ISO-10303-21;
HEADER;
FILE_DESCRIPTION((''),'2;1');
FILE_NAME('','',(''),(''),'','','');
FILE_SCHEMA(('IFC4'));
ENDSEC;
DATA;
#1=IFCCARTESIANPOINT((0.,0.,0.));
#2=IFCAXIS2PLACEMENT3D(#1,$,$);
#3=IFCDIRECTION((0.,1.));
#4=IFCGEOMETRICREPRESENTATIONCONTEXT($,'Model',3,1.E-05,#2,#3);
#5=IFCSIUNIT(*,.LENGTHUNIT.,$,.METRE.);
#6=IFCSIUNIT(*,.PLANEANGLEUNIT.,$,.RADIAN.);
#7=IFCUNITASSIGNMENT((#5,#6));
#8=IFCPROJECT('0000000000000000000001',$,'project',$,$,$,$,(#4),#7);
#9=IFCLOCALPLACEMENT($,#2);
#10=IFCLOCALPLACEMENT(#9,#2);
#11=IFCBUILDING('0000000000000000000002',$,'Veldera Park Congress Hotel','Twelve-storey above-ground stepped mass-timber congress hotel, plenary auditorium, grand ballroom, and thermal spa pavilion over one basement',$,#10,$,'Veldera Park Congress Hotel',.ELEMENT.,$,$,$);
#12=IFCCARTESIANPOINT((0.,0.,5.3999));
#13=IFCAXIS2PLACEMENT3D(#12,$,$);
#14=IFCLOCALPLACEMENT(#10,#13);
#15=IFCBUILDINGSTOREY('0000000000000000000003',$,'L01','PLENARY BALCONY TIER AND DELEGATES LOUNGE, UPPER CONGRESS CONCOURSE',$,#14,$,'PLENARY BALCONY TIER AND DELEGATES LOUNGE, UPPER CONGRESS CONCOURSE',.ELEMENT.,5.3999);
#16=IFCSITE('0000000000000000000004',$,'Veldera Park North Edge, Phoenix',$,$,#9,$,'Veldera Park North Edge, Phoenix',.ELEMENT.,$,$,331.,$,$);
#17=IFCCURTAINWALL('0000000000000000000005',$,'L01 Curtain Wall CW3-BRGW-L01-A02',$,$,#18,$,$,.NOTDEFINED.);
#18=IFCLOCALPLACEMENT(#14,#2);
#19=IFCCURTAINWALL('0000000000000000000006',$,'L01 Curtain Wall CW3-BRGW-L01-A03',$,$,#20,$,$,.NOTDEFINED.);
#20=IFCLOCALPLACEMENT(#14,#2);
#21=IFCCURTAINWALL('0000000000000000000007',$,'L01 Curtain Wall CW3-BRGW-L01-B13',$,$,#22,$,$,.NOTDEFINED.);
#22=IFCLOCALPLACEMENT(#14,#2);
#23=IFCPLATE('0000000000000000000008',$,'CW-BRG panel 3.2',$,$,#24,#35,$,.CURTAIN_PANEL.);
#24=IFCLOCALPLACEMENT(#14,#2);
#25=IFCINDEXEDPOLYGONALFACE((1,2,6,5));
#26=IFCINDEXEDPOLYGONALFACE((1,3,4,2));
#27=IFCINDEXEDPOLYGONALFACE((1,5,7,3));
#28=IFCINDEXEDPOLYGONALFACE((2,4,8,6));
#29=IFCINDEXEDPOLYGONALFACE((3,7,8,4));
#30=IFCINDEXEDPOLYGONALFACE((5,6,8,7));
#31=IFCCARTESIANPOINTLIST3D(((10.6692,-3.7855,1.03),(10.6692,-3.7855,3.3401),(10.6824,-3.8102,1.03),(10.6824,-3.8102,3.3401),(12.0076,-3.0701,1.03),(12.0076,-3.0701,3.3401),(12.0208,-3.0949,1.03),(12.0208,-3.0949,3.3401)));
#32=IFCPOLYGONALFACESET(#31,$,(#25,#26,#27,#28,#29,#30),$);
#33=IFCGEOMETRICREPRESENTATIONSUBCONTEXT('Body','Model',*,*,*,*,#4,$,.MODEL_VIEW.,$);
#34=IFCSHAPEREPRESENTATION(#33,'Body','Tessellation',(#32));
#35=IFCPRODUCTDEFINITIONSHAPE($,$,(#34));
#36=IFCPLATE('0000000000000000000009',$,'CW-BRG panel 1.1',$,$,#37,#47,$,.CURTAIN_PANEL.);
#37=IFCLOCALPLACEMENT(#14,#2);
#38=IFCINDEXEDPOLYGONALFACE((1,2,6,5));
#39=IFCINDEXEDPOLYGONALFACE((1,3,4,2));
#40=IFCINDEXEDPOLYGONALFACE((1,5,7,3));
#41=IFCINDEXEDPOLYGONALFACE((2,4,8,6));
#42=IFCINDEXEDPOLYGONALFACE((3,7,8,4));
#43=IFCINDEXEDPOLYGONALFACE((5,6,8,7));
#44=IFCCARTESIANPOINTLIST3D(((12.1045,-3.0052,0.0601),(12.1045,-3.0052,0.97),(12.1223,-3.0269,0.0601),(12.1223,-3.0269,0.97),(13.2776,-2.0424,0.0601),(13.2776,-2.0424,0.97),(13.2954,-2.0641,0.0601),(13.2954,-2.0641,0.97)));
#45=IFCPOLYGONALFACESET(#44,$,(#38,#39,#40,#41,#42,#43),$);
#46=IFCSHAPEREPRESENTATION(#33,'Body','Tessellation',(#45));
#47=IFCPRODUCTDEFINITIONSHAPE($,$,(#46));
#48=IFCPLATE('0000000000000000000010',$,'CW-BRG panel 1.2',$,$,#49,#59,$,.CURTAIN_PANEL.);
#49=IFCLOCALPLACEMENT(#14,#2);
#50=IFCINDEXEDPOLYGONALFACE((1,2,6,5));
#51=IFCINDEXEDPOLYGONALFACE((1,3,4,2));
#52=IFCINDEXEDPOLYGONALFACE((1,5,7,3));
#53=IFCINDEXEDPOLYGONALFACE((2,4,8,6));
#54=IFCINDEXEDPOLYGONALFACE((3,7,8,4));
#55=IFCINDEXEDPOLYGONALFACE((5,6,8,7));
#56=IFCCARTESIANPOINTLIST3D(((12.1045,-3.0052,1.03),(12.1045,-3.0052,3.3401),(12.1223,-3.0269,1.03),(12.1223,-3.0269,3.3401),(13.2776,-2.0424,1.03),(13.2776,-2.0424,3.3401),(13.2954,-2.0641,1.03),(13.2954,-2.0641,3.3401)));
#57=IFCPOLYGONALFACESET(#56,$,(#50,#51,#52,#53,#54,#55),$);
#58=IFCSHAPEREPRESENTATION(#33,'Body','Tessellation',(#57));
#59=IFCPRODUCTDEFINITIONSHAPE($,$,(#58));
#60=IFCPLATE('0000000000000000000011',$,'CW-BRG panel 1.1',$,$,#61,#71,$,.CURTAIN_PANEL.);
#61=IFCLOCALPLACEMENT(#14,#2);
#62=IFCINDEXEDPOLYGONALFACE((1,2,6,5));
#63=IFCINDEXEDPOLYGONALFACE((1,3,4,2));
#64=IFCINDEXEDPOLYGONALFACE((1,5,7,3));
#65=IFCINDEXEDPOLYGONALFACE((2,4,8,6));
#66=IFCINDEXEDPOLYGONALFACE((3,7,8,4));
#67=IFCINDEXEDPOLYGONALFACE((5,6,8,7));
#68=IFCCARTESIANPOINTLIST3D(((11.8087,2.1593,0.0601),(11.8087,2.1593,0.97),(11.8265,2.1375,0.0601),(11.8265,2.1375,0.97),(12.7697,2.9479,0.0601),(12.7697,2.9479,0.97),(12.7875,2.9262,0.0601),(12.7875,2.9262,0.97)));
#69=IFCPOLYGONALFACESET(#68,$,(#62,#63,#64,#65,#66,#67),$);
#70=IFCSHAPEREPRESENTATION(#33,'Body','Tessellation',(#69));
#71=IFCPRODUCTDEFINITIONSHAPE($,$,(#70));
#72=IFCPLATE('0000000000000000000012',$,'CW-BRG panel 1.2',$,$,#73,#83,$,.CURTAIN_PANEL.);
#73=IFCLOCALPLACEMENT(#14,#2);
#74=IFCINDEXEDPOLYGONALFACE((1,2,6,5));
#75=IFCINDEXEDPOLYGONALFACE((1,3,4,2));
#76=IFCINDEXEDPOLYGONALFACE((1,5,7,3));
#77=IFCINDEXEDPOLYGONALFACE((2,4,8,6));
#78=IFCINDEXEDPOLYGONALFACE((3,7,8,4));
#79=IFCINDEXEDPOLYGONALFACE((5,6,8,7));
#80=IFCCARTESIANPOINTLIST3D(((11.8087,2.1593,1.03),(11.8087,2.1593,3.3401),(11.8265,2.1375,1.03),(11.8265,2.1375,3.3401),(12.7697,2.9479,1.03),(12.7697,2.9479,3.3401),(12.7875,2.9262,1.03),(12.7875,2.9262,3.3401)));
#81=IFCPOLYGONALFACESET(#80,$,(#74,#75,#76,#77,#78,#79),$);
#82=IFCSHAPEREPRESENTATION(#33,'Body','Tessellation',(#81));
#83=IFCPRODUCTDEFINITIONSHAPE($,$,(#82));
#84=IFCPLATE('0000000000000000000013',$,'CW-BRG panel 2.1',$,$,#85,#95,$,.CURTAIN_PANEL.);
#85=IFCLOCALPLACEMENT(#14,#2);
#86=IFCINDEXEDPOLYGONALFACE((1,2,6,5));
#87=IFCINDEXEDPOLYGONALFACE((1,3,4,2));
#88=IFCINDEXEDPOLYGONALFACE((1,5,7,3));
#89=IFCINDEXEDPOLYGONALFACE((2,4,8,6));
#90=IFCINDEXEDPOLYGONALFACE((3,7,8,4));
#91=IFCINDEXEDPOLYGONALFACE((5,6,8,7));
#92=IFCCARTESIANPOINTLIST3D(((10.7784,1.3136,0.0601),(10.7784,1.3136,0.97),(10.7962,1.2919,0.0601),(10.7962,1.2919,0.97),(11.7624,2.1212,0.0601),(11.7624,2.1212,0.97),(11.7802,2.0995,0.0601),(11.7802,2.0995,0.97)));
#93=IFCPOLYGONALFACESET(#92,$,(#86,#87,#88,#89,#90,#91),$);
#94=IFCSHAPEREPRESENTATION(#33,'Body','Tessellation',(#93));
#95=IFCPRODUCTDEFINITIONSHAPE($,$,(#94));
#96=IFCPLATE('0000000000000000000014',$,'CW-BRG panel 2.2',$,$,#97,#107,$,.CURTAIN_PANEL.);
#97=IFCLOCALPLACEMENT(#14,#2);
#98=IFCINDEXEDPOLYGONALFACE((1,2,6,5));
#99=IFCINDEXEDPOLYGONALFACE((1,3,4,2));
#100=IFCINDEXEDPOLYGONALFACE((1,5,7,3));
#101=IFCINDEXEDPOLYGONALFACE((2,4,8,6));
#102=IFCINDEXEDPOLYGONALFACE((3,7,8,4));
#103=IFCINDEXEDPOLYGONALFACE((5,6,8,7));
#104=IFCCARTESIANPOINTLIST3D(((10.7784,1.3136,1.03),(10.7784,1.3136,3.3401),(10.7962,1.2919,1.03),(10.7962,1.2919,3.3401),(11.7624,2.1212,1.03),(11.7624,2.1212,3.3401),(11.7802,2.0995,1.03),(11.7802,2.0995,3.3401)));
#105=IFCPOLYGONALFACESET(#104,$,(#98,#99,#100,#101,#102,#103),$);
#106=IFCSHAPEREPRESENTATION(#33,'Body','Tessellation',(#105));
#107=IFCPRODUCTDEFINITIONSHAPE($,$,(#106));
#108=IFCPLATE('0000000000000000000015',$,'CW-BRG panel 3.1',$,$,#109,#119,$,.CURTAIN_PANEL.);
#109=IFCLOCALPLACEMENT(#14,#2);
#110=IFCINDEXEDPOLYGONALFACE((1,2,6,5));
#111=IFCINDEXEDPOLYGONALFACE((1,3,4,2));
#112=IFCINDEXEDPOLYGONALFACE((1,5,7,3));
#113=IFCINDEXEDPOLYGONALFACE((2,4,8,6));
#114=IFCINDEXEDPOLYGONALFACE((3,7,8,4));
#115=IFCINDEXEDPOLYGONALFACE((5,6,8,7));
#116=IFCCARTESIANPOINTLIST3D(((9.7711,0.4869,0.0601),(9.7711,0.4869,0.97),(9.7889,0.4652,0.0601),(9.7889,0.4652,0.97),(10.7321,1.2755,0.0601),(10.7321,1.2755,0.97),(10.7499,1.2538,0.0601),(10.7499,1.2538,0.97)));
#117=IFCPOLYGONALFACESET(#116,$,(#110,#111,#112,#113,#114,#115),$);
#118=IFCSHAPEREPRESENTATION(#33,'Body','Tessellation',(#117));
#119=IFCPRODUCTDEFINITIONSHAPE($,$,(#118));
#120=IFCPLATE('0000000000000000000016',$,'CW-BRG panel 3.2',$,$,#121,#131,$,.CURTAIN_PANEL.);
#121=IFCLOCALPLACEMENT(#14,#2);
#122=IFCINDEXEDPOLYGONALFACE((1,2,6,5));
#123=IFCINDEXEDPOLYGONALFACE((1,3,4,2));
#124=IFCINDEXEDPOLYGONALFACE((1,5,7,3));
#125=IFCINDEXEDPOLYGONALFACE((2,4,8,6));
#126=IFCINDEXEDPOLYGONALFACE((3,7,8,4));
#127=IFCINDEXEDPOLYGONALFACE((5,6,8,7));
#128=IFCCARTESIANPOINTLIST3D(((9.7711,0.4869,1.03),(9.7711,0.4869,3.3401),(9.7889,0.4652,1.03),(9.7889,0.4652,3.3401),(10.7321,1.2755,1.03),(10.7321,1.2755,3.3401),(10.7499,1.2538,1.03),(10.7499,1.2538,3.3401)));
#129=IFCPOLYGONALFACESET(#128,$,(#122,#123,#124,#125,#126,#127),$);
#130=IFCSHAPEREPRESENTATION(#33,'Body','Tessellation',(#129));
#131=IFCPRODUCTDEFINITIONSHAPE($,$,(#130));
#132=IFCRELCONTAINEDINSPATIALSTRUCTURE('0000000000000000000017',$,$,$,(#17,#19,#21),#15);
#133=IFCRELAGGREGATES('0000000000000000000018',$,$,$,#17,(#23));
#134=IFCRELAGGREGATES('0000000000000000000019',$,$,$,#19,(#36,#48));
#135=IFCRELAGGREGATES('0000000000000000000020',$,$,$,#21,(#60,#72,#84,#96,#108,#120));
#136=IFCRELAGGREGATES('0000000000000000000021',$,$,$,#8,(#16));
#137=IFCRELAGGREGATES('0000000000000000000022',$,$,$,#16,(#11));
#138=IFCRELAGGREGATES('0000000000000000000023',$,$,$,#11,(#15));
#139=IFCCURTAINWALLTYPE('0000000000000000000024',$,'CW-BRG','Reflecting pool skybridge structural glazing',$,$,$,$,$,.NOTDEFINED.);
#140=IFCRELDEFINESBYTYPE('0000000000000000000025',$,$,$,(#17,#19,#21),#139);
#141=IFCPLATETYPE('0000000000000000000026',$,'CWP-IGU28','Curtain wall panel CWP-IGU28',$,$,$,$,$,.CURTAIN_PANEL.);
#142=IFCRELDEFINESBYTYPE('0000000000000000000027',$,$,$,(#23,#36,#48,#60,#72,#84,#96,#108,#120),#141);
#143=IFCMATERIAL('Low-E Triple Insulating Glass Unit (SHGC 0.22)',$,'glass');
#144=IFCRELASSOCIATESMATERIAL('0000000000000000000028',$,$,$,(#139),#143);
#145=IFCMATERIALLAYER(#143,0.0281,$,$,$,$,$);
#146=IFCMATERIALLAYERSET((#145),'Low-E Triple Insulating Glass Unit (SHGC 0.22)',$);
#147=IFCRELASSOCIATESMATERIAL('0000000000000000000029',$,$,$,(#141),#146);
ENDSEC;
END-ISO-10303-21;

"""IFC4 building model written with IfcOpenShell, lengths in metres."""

from ifc_helpers import new_model, si_unit, direction, frame, origin, origin_2d, place, context, subcontext, project, spatial, rectangle, extrude, material, layer, layer_set, type_object, element, aggregate, save


model = new_model("IFC4")

# Units and contexts
model_context = context("Model", 3, precision=1e-05, world=origin(), true_north=direction((0.0, 1.0)))
body_context = subcontext(model_context, "Body", "Model", "MODEL_VIEW")
ifc_project = project(units=[si_unit("LENGTHUNIT", "METRE"), si_unit("PLANEANGLEUNIT", "RADIAN")], contexts=[model_context])

# Site, building, storey
site_placement = place(None, origin())
site = spatial("IfcSite", under=ifc_project, at=site_placement, Name="Veldera Park North Edge, Phoenix", LongName="Veldera Park North Edge, Phoenix", CompositionType="ELEMENT", RefElevation=331.0)
building_placement = place(site_placement, origin())
building = spatial("IfcBuilding", under=site, at=building_placement, Name="Veldera Park Congress Hotel", Description="Twelve-storey above-ground stepped mass-timber congress hotel, plenary auditorium, grand ballroom, and thermal spa pavilion over one basement", LongName="Veldera Park Congress Hotel", CompositionType="ELEMENT")
storey_placement = place(building_placement, frame((0.0, 0.0, 5.3999)))
storey = spatial("IfcBuildingStorey", under=building, at=storey_placement, Name="L01", Description="PLENARY BALCONY TIER AND DELEGATES LOUNGE, UPPER CONGRESS CONCOURSE", LongName="PLENARY BALCONY TIER AND DELEGATES LOUNGE, UPPER CONGRESS CONCOURSE", CompositionType="ELEMENT", Elevation=5.3999)

# Curtain wall
ifc_material_1 = material(Name="Low-E Triple Insulating Glass Unit (SHGC 0.22)", Category="glass")
curtain_wall_type = type_object("IfcCurtainWallType", Name="CW-BRG", Description="Reflecting pool skybridge structural glazing", PredefinedType="NOTDEFINED", material=ifc_material_1)
curtain_wall_1_placement = place(storey_placement, origin())
curtain_wall_1 = element("IfcCurtainWall", 1, at=curtain_wall_1_placement, inside=storey, type_object=curtain_wall_type, Name="L01 Curtain Wall CW3-BRGW-L01-A02", PredefinedType="NOTDEFINED")

# Curtain wall
curtain_wall_2_placement = place(storey_placement, origin())
curtain_wall_2 = element("IfcCurtainWall", 2, at=curtain_wall_2_placement, inside=storey, type_object=curtain_wall_type, Name="L01 Curtain Wall CW3-BRGW-L01-A03", PredefinedType="NOTDEFINED")

# Curtain wall
curtain_wall_3_placement = place(storey_placement, origin())
curtain_wall_3 = element("IfcCurtainWall", 3, at=curtain_wall_3_placement, inside=storey, type_object=curtain_wall_type, Name="L01 Curtain Wall CW3-BRGW-L01-B13", PredefinedType="NOTDEFINED")

# Plates
ifc_layer = layer(ifc_material_1, 0.0281)
ifc_layer_set = layer_set([ifc_layer], Name="Low-E Triple Insulating Glass Unit (SHGC 0.22)")
plate_type = type_object("IfcPlateType", Name="CWP-IGU28", Description="Curtain wall panel CWP-IGU28", PredefinedType="CURTAIN_PANEL", material=ifc_layer_set)
plate_1_placement = place(storey_placement, frame((11.345, -3.4402, 1.03), z_axis=(0.0, 0.0, 1.0), x_axis=(0.881928, 0.471385, 0.0)))
plate_1 = element("IfcPlate", 4, at=plate_1_placement, type_object=plate_type, Name="CW-BRG panel 3.2", PredefinedType="CURTAIN_PANEL", context=body_context, shape_type="SweptSolid", body=[
    extrude(rectangle(XDim=1.5176, YDim=0.0281, at=origin_2d()), origin(), (0.0, 0.0, 1.0), 2.3101),
])
aggregate(curtain_wall_1, [plate_1])
plate_2_placement = place(storey_placement, frame((12.7, -2.5347, 0.0601), z_axis=(0.0, 0.0, 1.0), x_axis=(0.773003, 0.634402, 0.0)))
plate_2 = element("IfcPlate", 5, at=plate_2_placement, type_object=plate_type, Name="CW-BRG panel 1.1", PredefinedType="CURTAIN_PANEL", context=body_context, shape_type="SweptSolid", body=[
    extrude(rectangle(XDim=1.5176, YDim=0.0281, at=origin_2d()), origin(), (0.0, 0.0, 1.0), 0.9099),
])
plate_3_placement = place(storey_placement, frame((12.7, -2.5347, 1.03), z_axis=(0.0, 0.0, 1.0), x_axis=(0.773003, 0.634402, 0.0)))
plate_3 = element("IfcPlate", 6, at=plate_3_placement, type_object=plate_type, Name="CW-BRG panel 1.2", PredefinedType="CURTAIN_PANEL", context=body_context, shape_type="SweptSolid", body=[
    extrude(rectangle(XDim=1.5176, YDim=0.0281, at=origin_2d()), origin(), (0.0, 0.0, 1.0), 2.3101),
])
aggregate(curtain_wall_2, [plate_2, plate_3])
plate_4_placement = place(storey_placement, frame((12.2981, 2.5427, 0.0601), z_axis=(0.0, 0.0, 1.0), x_axis=(-0.773016, -0.634386, 0.0)))
plate_4 = element("IfcPlate", 7, at=plate_4_placement, type_object=plate_type, Name="CW-BRG panel 1.1", PredefinedType="CURTAIN_PANEL", context=body_context, shape_type="SweptSolid", body=[
    extrude(rectangle(XDim=1.2432, YDim=0.0281, at=origin_2d()), origin(), (0.0, 0.0, 1.0), 0.9099),
])
plate_5_placement = place(storey_placement, frame((12.2981, 2.5427, 1.03), z_axis=(0.0, 0.0, 1.0), x_axis=(-0.773016, -0.634386, 0.0)))
plate_5 = element("IfcPlate", 8, at=plate_5_placement, type_object=plate_type, Name="CW-BRG panel 1.2", PredefinedType="CURTAIN_PANEL", context=body_context, shape_type="SweptSolid", body=[
    extrude(rectangle(XDim=1.2432, YDim=0.0281, at=origin_2d()), origin(), (0.0, 0.0, 1.0), 2.3101),
])
plate_6_placement = place(storey_placement, frame((11.2793, 1.7065, 0.0601), z_axis=(0.0, 0.0, 1.0), x_axis=(-0.773016, -0.634386, 0.0)))
plate_6 = element("IfcPlate", 9, at=plate_6_placement, type_object=plate_type, Name="CW-BRG panel 2.1", PredefinedType="CURTAIN_PANEL", context=body_context, shape_type="SweptSolid", body=[
    extrude(rectangle(XDim=1.2729, YDim=0.0281, at=origin_2d()), origin(), (0.0, 0.0, 1.0), 0.9099),
])
plate_7_placement = place(storey_placement, frame((11.2793, 1.7065, 1.03), z_axis=(0.0, 0.0, 1.0), x_axis=(-0.773016, -0.634386, 0.0)))
plate_7 = element("IfcPlate", 10, at=plate_7_placement, type_object=plate_type, Name="CW-BRG panel 2.2", PredefinedType="CURTAIN_PANEL", context=body_context, shape_type="SweptSolid", body=[
    extrude(rectangle(XDim=1.2729, YDim=0.0281, at=origin_2d()), origin(), (0.0, 0.0, 1.0), 2.3101),
])
plate_8_placement = place(storey_placement, frame((10.2605, 0.8704, 0.0601), z_axis=(0.0, 0.0, 1.0), x_axis=(-0.773016, -0.634386, 0.0)))
plate_8 = element("IfcPlate", 11, at=plate_8_placement, type_object=plate_type, Name="CW-BRG panel 3.1", PredefinedType="CURTAIN_PANEL", context=body_context, shape_type="SweptSolid", body=[
    extrude(rectangle(XDim=1.2432, YDim=0.0281, at=origin_2d()), origin(), (0.0, 0.0, 1.0), 0.9099),
])
plate_9_placement = place(storey_placement, frame((10.2605, 0.8704, 1.03), z_axis=(0.0, 0.0, 1.0), x_axis=(-0.773016, -0.634386, 0.0)))
plate_9 = element("IfcPlate", 12, at=plate_9_placement, type_object=plate_type, Name="CW-BRG panel 3.2", PredefinedType="CURTAIN_PANEL", context=body_context, shape_type="SweptSolid", body=[
    extrude(rectangle(XDim=1.2432, YDim=0.0281, at=origin_2d()), origin(), (0.0, 0.0, 1.0), 2.3101),
])
aggregate(curtain_wall_3, [plate_4, plate_5, plate_6, plate_7, plate_8, plate_9])

save(model, "model.ifc")
